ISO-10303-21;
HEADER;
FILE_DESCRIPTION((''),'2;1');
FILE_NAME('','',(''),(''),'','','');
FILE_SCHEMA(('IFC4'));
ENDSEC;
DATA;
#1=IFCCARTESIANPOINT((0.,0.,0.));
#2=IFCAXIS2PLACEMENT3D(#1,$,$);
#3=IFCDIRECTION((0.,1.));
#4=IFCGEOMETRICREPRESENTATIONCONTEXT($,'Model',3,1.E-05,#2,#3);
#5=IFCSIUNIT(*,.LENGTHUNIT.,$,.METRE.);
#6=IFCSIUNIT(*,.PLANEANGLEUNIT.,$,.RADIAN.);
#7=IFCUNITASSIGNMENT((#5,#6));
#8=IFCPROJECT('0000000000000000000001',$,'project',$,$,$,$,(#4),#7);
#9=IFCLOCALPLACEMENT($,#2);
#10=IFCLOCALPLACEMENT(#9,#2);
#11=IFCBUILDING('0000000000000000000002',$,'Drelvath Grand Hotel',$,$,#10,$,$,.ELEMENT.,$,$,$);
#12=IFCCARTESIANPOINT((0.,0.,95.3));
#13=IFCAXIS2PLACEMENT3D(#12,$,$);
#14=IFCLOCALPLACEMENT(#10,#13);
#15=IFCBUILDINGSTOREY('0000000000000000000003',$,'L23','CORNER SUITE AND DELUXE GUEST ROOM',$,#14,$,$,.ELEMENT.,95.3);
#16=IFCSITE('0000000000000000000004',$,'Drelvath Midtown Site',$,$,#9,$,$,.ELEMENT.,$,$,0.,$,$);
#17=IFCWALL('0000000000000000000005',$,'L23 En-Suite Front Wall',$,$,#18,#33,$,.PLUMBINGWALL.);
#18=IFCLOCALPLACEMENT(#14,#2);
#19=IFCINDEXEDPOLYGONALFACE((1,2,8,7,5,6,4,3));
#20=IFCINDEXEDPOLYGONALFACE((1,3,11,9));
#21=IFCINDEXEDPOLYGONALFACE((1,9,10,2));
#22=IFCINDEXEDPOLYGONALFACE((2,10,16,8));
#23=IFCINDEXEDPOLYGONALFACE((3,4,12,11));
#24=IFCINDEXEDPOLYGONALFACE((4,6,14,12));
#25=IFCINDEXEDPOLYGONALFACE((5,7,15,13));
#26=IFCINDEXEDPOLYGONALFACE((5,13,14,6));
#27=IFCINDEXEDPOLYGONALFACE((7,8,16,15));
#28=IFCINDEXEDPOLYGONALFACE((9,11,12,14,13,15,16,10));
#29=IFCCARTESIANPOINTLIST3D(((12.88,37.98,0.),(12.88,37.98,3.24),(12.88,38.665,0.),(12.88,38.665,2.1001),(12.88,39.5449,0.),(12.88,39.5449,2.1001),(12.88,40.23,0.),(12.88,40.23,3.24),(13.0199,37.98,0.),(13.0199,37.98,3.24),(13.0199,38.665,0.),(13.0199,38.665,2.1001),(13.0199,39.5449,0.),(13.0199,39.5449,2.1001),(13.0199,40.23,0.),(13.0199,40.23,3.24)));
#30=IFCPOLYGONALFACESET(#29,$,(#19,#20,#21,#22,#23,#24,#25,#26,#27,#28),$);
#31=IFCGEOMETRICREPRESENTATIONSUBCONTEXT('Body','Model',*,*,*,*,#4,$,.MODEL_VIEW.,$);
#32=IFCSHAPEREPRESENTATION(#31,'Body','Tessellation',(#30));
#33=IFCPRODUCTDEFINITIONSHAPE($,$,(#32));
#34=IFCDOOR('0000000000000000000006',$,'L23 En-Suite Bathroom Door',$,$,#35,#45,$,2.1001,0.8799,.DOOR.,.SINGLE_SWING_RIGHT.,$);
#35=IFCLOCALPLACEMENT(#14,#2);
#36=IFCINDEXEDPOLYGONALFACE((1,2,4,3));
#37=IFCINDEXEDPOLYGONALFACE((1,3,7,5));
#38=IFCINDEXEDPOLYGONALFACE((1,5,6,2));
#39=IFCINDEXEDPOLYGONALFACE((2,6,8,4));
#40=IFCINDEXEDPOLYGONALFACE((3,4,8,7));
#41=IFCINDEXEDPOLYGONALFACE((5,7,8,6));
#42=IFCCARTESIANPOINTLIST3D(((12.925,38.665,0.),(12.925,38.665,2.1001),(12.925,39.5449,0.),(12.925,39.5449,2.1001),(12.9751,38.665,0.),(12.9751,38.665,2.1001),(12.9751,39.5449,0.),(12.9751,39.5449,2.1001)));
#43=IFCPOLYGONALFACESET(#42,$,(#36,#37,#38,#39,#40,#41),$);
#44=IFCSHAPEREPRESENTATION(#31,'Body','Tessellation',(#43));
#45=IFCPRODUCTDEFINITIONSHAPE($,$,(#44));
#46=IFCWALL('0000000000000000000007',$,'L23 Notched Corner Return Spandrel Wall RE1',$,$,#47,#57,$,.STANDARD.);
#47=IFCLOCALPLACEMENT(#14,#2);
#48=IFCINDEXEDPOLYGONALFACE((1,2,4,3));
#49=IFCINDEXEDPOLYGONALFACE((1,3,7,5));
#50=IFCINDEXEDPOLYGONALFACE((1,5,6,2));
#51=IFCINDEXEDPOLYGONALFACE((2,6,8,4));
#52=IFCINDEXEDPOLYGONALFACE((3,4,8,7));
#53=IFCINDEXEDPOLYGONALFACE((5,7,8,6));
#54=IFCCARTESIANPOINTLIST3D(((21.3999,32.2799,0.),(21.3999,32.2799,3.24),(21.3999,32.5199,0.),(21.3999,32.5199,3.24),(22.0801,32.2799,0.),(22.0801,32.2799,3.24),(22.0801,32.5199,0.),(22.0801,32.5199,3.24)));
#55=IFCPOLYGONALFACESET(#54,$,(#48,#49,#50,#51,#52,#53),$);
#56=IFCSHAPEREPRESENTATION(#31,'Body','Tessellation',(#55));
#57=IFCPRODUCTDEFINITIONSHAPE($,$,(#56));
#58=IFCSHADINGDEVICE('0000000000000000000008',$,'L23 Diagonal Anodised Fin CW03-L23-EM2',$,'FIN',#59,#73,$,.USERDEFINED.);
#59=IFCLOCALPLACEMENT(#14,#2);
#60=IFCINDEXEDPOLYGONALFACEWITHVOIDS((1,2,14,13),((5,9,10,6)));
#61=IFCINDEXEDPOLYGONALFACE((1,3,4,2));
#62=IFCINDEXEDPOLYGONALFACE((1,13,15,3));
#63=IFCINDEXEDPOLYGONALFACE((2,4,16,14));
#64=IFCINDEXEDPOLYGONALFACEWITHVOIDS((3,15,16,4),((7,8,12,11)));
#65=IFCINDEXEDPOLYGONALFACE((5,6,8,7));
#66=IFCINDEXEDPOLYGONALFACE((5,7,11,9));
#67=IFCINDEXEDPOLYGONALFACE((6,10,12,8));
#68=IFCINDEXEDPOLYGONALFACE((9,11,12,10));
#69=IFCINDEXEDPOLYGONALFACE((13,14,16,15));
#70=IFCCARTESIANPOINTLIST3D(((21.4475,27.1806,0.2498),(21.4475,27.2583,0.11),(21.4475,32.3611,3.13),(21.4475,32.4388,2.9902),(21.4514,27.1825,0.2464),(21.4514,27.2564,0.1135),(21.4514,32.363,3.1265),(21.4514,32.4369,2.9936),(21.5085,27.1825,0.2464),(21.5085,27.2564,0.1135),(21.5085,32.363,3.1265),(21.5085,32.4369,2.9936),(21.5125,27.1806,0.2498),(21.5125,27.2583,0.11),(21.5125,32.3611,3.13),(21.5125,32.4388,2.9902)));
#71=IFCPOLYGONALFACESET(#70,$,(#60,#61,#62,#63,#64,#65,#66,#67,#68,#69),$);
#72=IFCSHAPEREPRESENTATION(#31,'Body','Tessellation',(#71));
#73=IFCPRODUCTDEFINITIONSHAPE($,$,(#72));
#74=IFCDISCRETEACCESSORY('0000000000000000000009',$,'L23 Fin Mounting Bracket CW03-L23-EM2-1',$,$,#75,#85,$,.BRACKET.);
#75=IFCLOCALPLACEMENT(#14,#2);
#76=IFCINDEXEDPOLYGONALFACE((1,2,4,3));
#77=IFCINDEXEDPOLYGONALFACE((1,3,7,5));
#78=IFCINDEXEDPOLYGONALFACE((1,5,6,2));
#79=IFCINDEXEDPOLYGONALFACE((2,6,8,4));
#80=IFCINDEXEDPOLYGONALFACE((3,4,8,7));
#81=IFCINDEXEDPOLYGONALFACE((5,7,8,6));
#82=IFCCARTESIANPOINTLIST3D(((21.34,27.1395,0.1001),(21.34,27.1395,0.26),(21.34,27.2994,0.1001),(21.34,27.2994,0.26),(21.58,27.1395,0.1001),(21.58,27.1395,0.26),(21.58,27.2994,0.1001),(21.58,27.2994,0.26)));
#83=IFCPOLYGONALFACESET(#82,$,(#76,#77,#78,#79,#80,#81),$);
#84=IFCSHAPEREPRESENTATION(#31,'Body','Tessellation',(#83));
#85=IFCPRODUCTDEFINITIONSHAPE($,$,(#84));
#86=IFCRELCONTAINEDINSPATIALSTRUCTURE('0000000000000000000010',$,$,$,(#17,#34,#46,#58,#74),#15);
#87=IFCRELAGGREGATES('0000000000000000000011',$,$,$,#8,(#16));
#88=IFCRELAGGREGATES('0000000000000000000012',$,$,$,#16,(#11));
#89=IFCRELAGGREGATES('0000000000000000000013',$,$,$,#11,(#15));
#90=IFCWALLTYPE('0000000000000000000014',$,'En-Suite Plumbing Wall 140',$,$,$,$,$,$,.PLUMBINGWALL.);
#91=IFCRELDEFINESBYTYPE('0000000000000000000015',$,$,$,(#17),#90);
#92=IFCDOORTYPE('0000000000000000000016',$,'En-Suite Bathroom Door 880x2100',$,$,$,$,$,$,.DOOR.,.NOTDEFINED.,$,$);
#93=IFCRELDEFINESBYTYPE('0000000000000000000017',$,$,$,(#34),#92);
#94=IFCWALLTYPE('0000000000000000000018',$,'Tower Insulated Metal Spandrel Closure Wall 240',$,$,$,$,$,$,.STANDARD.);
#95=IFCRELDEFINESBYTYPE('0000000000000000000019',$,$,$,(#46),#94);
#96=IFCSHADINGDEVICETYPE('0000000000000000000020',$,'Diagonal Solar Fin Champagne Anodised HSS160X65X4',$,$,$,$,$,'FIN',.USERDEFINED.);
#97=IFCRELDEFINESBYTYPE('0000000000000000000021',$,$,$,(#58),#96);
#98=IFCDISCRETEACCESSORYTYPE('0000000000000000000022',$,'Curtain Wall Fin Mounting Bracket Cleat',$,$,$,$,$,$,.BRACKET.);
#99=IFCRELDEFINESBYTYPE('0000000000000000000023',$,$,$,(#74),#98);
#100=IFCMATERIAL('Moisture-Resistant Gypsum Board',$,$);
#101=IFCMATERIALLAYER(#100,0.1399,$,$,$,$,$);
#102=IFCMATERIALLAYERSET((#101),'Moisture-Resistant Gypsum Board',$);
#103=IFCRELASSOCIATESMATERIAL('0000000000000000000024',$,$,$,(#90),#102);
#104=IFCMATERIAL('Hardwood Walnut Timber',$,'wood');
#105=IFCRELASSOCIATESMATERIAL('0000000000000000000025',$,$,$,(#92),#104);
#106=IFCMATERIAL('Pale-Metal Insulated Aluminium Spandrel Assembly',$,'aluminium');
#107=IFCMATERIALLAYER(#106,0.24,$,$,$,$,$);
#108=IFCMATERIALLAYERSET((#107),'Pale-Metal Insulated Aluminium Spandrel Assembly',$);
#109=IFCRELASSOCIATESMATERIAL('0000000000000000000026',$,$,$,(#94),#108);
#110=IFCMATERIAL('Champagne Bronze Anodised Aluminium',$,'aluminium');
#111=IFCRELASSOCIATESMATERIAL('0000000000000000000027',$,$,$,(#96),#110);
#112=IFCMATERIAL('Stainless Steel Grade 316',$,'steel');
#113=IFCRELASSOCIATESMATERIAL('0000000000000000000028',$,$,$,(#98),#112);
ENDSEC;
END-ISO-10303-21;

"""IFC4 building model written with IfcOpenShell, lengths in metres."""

from ifc_helpers import new_model, si_unit, direction, frame, frame_2d, origin, origin_2d, place, context, subcontext, project, spatial, rectangle, hollow_rectangle, extrude, material, layer, layer_set, material_profile, profile_set, type_object, element, fill, save


model = new_model("IFC4")

# Units and contexts
model_context = context("Model", 3, precision=1e-05, world=origin(), true_north=direction((0.0, 1.0)))
body_context = subcontext(model_context, "Body", "Model", "MODEL_VIEW")
ifc_project = project(units=[si_unit("LENGTHUNIT", "METRE"), si_unit("PLANEANGLEUNIT", "RADIAN")], contexts=[model_context])

# Site, building, storey
site_placement = place(None, origin())
site = spatial("IfcSite", under=ifc_project, at=site_placement, Name="Drelvath Midtown Site", CompositionType="ELEMENT", RefElevation=0.0)
building_placement = place(site_placement, origin())
building = spatial("IfcBuilding", under=site, at=building_placement, Name="Drelvath Grand Hotel", CompositionType="ELEMENT")
storey_placement = place(building_placement, frame((0.0, 0.0, 95.3)))
storey = spatial("IfcBuildingStorey", under=building, at=storey_placement, Name="L23", Description="CORNER SUITE AND DELUXE GUEST ROOM", CompositionType="ELEMENT", Elevation=95.3)

# Shared definitions
ifc_material_1 = material(Name="Moisture-Resistant Gypsum Board")
ifc_layer_1 = layer(ifc_material_1, 0.1399)
ifc_layer_set_1 = layer_set([ifc_layer_1], Name="Moisture-Resistant Gypsum Board")
wall_type_1 = type_object("IfcWallType", Name="En-Suite Plumbing Wall 140", PredefinedType="PLUMBINGWALL", material=ifc_layer_set_1)
ifc_material_2 = material(Name="Hardwood Walnut Timber", Category="wood")
door_type = type_object("IfcDoorType", Name="En-Suite Bathroom Door 880x2100", OperationType="NOTDEFINED", PredefinedType="DOOR", material=ifc_material_2)

# Wall, opening, door
wall_1_placement = place(storey_placement, frame((12.95, 37.98, 0.0), z_axis=(0.0, 0.0, 1.0), x_axis=(0.0, 1.0, 0.0)))
wall_1 = element("IfcWall", 1, at=wall_1_placement, inside=storey, type_object=wall_type_1, Name="L23 En-Suite Front Wall", PredefinedType="PLUMBINGWALL", context=body_context, shape_type="SweptSolid", body=[
    extrude(rectangle(XDim=2.25, YDim=0.1399, at=frame_2d((1.125, 0.0))), origin(), (0.0, 0.0, 1.0), 3.24),
])
opening_1_placement = place(wall_1_placement, frame((0.6851, 0.0, 0.0)))
opening_1 = element("IfcOpeningElement", 2, at=opening_1_placement, cuts=wall_1, PredefinedType="OPENING", context=body_context, shape_type="SweptSolid", body=[
    extrude(rectangle(XDim=0.8799, YDim=2.1001, at=frame_2d((0.4399, 1.05))), frame((0.0, 0.0798, 0.0), z_axis=(0.0, -1.0, 0.0), x_axis=(1.0, 0.0, 0.0)), (0.0, 0.0, 1.0), 0.1599),
])
door_1_placement = place(opening_1_placement, origin())
door_1 = element("IfcDoor", 3, at=door_1_placement, inside=storey, type_object=door_type, Name="L23 En-Suite Bathroom Door", OperationType="SINGLE_SWING_RIGHT", OverallHeight=2.1001, OverallWidth=0.8799, PredefinedType="DOOR", context=body_context, shape_type="SweptSolid", body=[
    extrude(rectangle(XDim=0.8799, YDim=2.1001, at=frame_2d((0.4399, 1.05))), frame((0.0, 0.0249, 0.0), z_axis=(0.0, -1.0, 0.0), x_axis=(1.0, 0.0, 0.0)), (0.0, 0.0, 1.0), 0.05),
])
fill(opening_1, door_1)

# Wall
ifc_material_3 = material(Name="Pale-Metal Insulated Aluminium Spandrel Assembly", Category="aluminium")
ifc_layer_2 = layer(ifc_material_3, 0.24)
ifc_layer_set_2 = layer_set([ifc_layer_2], Name="Pale-Metal Insulated Aluminium Spandrel Assembly")
wall_type_2 = type_object("IfcWallType", Name="Tower Insulated Metal Spandrel Closure Wall 240", PredefinedType="STANDARD", material=ifc_layer_set_2)
wall_2_placement = place(storey_placement, frame((22.0801, 32.3999, 0.0), z_axis=(0.0, 0.0, 1.0), x_axis=(-1.0, 0.0, 0.0)))
element("IfcWall", 4, at=wall_2_placement, inside=storey, type_object=wall_type_2, Name="L23 Notched Corner Return Spandrel Wall RE1", PredefinedType="STANDARD", context=body_context, shape_type="SweptSolid", body=[
    extrude(rectangle(XDim=0.6802, YDim=0.24, at=frame_2d((0.3401, 0.0))), origin(), (0.0, 0.0, 1.0), 3.24),
])

# Shading device
ifc_material_4 = material(Name="Champagne Bronze Anodised Aluminium", Category="aluminium")
ifc_material_profile_1 = material_profile(ifc_material_4, hollow_rectangle(XDim=0.0649, YDim=0.1599, WallThickness=0.0039, at=origin_2d()), Name="HSS160X65X4")
ifc_profile_set_1 = profile_set([ifc_material_profile_1], Name="Champagne Bronze Anodised Aluminium")
shading_device_type = type_object("IfcShadingDeviceType", Name="Diagonal Solar Fin Champagne Anodised HSS160X65X4", ElementType="FIN", PredefinedType="USERDEFINED", material=ifc_profile_set_1)
shading_device_placement = place(storey_placement, frame((21.48, 27.2195, 0.1799), z_axis=(0.0, 0.874006, 0.485916), x_axis=(-1.0, 0.0, 0.0)))
element("IfcShadingDevice", 5, at=shading_device_placement, inside=storey, type_object=shading_device_type, Name="L23 Diagonal Anodised Fin CW03-L23-EM2", ObjectType="FIN", PredefinedType="USERDEFINED", context=body_context, shape_type="SweptSolid", body=[
    extrude(hollow_rectangle(XDim=0.0649, YDim=0.1599, WallThickness=0.0039, at=origin_2d()), origin(), (0.0, 0.0, 1.0), 5.9272),
])

# Discrete accessory
ifc_material_5 = material(Name="Stainless Steel Grade 316", Category="steel")
discrete_accessory_type = type_object("IfcDiscreteAccessoryType", Name="Curtain Wall Fin Mounting Bracket Cleat", PredefinedType="BRACKET", material=ifc_material_5)
discrete_accessory_placement = place(storey_placement, frame((21.46, 27.2195, 0.1001), z_axis=(0.0, 0.0, 1.0), x_axis=(0.0, -1.0, 0.0)))
element("IfcDiscreteAccessory", 6, at=discrete_accessory_placement, inside=storey, type_object=discrete_accessory_type, Name="L23 Fin Mounting Bracket CW03-L23-EM2-1", PredefinedType="BRACKET", context=body_context, shape_type="SweptSolid", body=[
    extrude(rectangle(XDim=0.1599, YDim=0.24, at=origin_2d()), origin(), (0.0, 0.0, 1.0), 0.1599),
])

save(model, "model.ifc")
